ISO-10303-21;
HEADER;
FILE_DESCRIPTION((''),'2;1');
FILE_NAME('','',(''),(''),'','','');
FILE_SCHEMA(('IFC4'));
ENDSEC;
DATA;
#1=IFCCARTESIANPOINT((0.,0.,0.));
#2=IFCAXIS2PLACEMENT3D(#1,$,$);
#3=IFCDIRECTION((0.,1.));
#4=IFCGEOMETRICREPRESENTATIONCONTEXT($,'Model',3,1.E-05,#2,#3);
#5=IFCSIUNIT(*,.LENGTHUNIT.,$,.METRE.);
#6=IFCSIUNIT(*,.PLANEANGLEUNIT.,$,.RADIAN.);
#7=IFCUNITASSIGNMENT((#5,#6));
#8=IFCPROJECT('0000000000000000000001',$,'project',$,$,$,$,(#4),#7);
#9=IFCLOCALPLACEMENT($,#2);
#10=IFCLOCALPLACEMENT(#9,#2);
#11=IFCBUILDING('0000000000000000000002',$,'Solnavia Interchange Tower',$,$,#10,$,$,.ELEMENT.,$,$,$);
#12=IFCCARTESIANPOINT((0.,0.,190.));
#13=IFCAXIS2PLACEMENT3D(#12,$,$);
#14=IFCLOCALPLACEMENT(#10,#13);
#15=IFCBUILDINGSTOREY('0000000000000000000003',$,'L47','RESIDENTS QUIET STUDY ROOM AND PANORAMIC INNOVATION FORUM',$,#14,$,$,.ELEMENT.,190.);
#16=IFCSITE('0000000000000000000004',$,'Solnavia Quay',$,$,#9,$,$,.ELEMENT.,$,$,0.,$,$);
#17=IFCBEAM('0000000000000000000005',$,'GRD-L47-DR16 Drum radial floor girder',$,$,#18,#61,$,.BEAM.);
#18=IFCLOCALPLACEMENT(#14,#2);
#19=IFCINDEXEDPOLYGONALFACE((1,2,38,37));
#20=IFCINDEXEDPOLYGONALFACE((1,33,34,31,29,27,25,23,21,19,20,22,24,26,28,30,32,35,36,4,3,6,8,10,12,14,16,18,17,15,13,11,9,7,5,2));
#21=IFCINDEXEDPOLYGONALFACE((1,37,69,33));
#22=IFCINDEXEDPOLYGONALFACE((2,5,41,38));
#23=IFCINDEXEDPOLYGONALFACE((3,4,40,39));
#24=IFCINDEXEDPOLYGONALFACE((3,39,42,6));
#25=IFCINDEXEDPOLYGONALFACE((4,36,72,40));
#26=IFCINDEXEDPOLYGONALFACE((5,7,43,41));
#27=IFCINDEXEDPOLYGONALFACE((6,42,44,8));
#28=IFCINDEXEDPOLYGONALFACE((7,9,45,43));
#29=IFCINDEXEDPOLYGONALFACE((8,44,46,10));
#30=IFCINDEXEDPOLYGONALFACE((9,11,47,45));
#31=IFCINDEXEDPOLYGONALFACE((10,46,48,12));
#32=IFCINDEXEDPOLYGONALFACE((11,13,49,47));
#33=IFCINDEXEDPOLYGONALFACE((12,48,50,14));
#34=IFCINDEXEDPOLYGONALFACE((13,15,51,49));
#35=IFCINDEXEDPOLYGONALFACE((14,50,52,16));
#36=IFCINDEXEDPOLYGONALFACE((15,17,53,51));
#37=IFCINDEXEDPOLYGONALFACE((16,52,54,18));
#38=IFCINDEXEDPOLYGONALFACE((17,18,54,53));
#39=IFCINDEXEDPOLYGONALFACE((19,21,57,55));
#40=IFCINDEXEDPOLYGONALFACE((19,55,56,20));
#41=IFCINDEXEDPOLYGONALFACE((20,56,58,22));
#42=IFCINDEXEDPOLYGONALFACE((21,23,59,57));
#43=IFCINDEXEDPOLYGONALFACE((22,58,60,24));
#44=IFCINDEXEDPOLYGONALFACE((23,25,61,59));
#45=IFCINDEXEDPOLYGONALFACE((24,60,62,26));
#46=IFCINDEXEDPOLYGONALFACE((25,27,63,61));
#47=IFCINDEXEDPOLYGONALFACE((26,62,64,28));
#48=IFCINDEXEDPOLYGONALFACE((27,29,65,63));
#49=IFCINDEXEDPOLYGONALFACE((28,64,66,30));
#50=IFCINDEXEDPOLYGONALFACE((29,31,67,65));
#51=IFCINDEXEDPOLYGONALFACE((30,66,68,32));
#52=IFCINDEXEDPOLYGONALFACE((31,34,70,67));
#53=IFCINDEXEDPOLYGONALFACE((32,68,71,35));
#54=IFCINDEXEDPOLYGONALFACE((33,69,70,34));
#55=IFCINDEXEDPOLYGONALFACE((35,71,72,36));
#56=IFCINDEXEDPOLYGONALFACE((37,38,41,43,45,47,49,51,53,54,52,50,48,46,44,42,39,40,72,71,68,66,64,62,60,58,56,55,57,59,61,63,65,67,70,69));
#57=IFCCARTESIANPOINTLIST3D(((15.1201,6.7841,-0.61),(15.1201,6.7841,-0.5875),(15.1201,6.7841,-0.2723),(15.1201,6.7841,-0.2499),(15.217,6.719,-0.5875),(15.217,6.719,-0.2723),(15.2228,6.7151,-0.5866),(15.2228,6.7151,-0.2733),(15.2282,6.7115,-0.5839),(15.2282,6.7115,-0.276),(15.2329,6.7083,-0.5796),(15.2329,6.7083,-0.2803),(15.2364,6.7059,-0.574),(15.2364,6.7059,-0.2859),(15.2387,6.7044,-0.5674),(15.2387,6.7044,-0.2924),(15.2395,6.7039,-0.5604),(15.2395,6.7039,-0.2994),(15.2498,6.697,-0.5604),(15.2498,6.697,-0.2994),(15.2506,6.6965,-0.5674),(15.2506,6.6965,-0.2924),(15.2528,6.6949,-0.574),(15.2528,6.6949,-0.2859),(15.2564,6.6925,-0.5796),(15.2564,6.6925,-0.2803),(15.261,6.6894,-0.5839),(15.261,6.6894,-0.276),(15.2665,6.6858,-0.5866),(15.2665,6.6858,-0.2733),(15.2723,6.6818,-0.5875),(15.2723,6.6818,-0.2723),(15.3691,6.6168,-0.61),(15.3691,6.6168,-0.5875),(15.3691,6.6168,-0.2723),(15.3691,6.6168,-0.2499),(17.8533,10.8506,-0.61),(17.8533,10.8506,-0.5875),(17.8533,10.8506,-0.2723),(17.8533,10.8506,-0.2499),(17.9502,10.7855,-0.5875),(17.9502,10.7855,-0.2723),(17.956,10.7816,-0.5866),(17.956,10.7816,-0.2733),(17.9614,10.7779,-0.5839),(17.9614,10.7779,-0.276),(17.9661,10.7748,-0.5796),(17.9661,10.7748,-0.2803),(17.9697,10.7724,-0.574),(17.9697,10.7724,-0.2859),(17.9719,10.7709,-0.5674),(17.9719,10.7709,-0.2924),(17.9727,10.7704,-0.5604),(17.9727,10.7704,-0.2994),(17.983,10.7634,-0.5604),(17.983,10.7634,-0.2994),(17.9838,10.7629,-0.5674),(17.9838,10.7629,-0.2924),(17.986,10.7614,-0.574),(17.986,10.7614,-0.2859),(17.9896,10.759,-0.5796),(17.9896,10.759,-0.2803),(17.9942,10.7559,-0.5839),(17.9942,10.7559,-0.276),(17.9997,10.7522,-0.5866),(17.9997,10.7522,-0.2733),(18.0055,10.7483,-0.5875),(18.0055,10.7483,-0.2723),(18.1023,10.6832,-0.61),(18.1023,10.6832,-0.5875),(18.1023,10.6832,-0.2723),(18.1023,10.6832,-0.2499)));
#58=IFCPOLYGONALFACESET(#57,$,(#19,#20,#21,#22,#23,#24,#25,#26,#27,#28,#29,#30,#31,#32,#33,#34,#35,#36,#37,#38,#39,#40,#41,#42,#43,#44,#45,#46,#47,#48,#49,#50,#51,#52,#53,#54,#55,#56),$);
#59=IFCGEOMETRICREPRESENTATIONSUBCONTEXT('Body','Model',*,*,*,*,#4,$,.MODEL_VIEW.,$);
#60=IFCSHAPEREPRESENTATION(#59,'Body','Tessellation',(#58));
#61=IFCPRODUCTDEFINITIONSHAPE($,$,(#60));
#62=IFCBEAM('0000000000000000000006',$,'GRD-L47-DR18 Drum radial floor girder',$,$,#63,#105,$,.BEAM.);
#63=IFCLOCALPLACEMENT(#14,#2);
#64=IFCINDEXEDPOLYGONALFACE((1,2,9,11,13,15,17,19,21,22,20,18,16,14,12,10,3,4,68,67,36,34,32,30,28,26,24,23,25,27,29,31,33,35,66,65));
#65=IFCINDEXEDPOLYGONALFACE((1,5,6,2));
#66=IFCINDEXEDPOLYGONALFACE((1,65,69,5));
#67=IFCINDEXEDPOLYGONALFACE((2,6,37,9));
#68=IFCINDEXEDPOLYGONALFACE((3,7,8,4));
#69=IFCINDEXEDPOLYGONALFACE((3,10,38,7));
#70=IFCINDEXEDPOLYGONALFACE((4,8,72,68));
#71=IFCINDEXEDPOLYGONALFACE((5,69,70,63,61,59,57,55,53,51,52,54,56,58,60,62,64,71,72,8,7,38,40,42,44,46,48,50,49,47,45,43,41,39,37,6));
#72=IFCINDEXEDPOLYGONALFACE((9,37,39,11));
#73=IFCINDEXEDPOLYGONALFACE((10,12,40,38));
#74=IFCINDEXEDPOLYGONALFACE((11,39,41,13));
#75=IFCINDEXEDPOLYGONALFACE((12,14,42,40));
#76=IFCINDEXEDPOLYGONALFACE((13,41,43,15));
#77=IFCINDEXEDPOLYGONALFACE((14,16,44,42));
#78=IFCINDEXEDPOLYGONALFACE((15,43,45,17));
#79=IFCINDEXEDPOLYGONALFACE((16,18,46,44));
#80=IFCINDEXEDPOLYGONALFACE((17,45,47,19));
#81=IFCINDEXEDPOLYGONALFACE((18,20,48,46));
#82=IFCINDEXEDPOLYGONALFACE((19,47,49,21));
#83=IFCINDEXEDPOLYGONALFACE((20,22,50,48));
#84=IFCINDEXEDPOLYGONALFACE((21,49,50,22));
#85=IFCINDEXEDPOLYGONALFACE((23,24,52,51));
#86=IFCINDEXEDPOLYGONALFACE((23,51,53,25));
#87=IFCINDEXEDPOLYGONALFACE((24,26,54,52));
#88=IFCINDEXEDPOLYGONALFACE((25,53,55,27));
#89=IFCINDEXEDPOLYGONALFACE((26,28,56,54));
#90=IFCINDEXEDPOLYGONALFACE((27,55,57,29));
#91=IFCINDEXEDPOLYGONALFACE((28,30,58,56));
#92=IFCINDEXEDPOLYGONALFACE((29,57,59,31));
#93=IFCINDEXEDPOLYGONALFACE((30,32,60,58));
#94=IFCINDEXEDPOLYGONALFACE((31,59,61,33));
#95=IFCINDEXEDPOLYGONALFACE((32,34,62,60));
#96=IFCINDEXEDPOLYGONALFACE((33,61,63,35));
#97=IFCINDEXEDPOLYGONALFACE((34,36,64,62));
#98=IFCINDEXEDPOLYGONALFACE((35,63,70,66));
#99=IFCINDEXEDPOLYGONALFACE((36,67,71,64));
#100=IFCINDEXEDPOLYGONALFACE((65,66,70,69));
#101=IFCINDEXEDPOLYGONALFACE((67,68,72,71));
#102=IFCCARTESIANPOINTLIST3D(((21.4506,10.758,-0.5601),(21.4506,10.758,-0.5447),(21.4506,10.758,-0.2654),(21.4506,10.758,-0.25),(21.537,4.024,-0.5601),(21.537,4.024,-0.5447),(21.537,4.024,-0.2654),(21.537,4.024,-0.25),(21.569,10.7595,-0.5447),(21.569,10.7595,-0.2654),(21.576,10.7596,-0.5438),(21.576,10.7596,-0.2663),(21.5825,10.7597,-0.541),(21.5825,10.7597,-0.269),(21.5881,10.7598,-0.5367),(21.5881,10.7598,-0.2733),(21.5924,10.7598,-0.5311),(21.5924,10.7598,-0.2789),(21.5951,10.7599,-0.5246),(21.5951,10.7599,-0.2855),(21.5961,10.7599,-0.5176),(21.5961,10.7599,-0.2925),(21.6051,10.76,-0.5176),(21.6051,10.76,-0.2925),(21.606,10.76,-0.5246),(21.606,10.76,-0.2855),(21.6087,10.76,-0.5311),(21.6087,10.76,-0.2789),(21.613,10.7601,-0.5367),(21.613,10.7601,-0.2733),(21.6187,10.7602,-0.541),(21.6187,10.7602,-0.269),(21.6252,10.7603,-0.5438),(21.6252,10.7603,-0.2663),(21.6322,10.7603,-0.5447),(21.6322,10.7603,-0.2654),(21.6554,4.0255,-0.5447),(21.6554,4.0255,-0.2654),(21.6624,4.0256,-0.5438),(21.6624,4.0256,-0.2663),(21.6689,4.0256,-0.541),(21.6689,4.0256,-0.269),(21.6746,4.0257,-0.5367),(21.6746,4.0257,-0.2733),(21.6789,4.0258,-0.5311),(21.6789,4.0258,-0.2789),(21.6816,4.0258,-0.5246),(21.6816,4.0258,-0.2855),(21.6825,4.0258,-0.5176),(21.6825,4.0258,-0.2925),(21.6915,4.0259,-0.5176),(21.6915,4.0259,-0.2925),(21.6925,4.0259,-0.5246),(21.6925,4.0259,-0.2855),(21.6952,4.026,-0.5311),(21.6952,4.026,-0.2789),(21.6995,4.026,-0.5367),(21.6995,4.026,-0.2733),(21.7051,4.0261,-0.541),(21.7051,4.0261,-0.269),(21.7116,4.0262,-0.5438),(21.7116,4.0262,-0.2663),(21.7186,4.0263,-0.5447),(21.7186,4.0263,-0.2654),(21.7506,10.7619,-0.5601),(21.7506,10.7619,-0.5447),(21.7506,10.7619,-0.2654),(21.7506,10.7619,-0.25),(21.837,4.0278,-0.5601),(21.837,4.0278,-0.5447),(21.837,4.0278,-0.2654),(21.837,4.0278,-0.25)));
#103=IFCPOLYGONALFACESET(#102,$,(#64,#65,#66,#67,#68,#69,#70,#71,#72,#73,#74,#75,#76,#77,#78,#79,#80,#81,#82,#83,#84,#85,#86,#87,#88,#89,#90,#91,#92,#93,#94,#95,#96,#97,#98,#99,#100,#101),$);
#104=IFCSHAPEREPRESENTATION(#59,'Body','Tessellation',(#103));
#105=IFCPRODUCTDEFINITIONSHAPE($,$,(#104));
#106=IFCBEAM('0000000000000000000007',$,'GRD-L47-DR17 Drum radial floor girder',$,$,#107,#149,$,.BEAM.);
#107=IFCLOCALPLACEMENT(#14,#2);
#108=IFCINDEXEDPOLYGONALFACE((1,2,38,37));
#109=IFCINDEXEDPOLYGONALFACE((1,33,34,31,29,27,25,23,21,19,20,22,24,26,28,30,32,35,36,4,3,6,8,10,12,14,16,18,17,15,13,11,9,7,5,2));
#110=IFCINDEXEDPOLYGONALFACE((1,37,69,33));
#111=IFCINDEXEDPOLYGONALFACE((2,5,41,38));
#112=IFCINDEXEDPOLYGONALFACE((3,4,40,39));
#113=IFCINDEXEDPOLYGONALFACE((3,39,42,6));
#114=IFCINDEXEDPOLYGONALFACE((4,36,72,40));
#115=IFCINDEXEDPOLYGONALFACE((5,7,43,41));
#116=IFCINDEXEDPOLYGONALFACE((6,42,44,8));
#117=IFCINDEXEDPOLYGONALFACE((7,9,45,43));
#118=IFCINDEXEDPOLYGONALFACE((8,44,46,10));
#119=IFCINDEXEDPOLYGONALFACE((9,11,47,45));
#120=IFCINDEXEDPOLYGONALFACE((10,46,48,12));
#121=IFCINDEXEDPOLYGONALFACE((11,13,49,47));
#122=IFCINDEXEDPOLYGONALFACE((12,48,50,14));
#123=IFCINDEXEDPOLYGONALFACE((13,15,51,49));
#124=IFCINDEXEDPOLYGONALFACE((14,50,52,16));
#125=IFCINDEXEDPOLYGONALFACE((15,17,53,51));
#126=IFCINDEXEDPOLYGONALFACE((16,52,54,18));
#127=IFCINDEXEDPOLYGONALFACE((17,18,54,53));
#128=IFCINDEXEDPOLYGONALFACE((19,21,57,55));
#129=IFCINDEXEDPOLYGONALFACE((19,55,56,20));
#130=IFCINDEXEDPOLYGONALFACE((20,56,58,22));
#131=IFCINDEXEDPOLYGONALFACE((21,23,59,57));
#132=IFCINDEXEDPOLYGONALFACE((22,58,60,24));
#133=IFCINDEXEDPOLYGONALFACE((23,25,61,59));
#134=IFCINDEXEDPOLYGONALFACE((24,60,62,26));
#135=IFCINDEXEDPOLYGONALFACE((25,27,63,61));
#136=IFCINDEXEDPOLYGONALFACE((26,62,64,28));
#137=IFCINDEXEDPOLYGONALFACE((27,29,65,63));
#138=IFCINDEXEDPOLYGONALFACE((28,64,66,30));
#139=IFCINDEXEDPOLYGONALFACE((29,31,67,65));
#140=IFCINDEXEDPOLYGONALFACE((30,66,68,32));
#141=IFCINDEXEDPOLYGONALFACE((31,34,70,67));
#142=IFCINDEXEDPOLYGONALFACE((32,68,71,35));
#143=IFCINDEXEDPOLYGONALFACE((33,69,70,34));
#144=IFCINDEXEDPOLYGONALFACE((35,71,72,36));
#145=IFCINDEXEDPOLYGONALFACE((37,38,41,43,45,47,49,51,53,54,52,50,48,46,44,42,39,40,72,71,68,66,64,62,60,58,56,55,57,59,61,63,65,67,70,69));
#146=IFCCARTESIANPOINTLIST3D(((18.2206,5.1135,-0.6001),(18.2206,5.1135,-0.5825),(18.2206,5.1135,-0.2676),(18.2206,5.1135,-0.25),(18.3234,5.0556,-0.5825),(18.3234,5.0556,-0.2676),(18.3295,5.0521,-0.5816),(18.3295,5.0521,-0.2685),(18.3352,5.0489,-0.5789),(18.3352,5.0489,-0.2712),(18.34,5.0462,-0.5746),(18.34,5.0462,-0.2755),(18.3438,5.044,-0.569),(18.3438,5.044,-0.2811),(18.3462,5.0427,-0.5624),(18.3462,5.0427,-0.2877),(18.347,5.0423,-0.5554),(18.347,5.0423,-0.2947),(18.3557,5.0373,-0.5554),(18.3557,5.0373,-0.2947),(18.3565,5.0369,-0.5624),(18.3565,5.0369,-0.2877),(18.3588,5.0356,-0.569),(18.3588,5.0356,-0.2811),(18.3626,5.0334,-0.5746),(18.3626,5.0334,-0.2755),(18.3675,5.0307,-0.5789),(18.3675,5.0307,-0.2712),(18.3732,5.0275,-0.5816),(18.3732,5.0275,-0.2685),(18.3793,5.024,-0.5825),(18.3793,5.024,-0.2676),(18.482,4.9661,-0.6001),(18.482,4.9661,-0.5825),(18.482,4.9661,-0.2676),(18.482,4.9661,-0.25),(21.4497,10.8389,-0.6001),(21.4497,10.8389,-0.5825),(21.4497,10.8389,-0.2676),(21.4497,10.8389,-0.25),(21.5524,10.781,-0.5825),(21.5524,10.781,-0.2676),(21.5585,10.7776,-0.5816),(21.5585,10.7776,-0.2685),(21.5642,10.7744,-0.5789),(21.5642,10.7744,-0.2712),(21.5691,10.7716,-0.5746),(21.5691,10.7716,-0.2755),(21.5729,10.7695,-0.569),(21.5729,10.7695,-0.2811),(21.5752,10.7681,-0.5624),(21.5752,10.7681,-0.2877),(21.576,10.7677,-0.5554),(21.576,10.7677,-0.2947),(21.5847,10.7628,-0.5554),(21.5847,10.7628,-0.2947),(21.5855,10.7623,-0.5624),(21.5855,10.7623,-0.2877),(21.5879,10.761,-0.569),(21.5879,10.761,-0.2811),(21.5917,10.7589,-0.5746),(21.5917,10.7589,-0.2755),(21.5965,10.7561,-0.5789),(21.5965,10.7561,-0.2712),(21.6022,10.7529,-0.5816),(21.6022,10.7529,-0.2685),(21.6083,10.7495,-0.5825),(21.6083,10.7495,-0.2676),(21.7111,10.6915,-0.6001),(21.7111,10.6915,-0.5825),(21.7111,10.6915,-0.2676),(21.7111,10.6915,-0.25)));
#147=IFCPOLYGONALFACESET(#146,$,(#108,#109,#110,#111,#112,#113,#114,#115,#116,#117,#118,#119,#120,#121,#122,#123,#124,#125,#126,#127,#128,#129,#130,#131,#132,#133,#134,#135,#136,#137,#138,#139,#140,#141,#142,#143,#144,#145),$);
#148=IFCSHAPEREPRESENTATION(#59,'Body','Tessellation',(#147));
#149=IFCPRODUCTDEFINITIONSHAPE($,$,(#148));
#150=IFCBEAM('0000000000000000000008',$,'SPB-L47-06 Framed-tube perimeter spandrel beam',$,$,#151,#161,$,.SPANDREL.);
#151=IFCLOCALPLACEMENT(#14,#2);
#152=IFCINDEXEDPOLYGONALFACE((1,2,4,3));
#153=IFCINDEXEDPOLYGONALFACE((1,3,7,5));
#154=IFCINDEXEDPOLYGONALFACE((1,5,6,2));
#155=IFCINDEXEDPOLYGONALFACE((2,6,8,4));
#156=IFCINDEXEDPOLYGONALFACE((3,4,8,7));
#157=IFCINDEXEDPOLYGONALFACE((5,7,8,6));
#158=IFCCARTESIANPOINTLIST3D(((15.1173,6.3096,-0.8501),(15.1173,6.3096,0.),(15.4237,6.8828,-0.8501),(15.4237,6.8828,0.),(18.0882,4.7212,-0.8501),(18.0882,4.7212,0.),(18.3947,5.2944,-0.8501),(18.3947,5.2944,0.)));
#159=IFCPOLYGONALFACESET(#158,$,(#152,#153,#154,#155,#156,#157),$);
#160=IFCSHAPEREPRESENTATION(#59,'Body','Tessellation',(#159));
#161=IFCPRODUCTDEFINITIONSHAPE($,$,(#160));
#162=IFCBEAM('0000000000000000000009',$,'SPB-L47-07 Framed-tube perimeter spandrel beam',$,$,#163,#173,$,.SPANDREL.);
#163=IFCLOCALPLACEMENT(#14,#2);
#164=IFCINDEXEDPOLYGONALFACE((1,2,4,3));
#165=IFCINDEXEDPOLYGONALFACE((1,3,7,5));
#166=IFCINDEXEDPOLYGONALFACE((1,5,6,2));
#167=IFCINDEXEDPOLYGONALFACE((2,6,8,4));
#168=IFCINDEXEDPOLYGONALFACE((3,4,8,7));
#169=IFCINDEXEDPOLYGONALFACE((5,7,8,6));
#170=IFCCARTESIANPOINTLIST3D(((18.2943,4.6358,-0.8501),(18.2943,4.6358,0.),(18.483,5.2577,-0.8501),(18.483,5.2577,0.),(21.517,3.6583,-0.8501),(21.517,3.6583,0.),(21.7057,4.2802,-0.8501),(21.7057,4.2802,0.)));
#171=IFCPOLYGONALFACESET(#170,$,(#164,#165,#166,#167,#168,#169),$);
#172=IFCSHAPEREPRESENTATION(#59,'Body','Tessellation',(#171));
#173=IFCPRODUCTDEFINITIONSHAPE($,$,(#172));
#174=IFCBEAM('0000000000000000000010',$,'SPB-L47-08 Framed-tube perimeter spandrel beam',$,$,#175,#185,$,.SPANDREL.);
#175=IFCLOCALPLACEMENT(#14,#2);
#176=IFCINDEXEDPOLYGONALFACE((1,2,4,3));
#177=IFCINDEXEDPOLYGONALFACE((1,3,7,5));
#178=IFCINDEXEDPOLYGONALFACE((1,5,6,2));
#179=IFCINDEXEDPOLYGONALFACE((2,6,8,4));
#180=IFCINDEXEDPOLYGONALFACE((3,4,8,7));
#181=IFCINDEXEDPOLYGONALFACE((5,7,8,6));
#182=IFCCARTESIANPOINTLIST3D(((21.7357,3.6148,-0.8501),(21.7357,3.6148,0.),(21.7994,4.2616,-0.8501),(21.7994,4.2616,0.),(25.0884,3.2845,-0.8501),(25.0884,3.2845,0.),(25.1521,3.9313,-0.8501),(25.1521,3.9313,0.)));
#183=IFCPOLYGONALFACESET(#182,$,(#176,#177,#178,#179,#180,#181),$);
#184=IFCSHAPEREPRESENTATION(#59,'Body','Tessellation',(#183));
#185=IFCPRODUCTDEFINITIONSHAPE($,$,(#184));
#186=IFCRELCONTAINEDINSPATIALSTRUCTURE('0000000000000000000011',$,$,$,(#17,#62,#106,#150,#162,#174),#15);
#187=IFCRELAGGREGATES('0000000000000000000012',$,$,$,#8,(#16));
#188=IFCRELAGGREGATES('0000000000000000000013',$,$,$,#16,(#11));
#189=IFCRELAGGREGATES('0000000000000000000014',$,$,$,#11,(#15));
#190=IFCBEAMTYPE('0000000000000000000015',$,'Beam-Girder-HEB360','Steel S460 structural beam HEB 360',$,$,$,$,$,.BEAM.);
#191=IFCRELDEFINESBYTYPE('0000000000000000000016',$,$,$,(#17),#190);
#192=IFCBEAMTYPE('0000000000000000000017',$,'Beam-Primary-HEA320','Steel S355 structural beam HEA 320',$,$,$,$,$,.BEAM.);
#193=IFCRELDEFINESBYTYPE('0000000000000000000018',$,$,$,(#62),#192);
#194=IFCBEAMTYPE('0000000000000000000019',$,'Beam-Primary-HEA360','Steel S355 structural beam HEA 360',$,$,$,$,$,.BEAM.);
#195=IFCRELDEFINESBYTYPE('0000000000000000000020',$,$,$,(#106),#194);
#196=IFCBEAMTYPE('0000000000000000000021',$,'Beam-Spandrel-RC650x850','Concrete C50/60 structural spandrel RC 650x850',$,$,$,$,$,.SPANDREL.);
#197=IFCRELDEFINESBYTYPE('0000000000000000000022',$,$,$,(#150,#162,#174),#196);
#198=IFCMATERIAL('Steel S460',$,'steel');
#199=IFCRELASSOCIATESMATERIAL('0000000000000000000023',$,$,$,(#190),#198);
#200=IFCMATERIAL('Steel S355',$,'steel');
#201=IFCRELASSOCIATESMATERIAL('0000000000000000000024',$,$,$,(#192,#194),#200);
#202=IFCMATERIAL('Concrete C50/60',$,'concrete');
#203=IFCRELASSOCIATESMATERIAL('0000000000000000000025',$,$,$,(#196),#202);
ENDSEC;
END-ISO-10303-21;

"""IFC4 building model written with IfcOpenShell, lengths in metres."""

from ifc_helpers import new_model, si_unit, direction, frame, origin, origin_2d, place, context, subcontext, project, spatial, rectangle, i_section, extrude, material, material_profile, profile_set, type_object, element, save


model = new_model("IFC4")

# Units and contexts
model_context = context("Model", 3, precision=1e-05, world=origin(), true_north=direction((0.0, 1.0)))
body_context = subcontext(model_context, "Body", "Model", "MODEL_VIEW")
ifc_project = project(units=[si_unit("LENGTHUNIT", "METRE"), si_unit("PLANEANGLEUNIT", "RADIAN")], contexts=[model_context])

# Site, building, storey
site_placement = place(None, origin())
site = spatial("IfcSite", under=ifc_project, at=site_placement, Name="Solnavia Quay", CompositionType="ELEMENT", RefElevation=0.0)
building_placement = place(site_placement, origin())
building = spatial("IfcBuilding", under=site, at=building_placement, Name="Solnavia Interchange Tower", CompositionType="ELEMENT")
storey_placement = place(building_placement, frame((0.0, 0.0, 190.0)))
storey = spatial("IfcBuildingStorey", under=building, at=storey_placement, Name="L47", Description="RESIDENTS QUIET STUDY ROOM AND PANORAMIC INNOVATION FORUM", CompositionType="ELEMENT", Elevation=190.0)

# Shared definitions
ifc_material_1 = material(Name="Concrete C50/60", Category="concrete")
ifc_material_2 = material(Name="Steel S355", Category="steel")

# Beams
ifc_material_3 = material(Name="Steel S460", Category="steel")
ifc_material_profile_1 = material_profile(ifc_material_3, i_section(OverallWidth=0.3, OverallDepth=0.3601, WebThickness=0.0125, FlangeThickness=0.0225, FilletRadius=0.0271, at=origin_2d()), Name="HEB 360")
ifc_profile_set_1 = profile_set([ifc_material_profile_1], Name="Steel S460")
beam_type_1 = type_object("IfcBeamType", Name="Beam-Girder-HEB360", Description="Steel S460 structural beam HEB 360", PredefinedType="BEAM", material=ifc_profile_set_1)
beam_1_placement = place(storey_placement, frame((15.2446, 6.7004, -0.4299), z_axis=(0.557835, 0.829952, 0.0), x_axis=(-0.829952, 0.557835, 0.0)))
element("IfcBeam", 1, at=beam_1_placement, inside=storey, type_object=beam_type_1, Name="GRD-L47-DR16 Drum radial floor girder", PredefinedType="BEAM", context=body_context, shape_type="SweptSolid", body=[
    extrude(i_section(OverallWidth=0.3, OverallDepth=0.3601, WebThickness=0.0125, FlangeThickness=0.0225, FilletRadius=0.0271, at=origin_2d()), origin(), (0.0, 0.0, 1.0), 4.8997),
])
ifc_material_profile_2 = material_profile(ifc_material_2, i_section(OverallWidth=0.3, OverallDepth=0.3101, WebThickness=0.009, FlangeThickness=0.0154, FilletRadius=0.0271, at=origin_2d()), Name="HEA 320")
ifc_profile_set_2 = profile_set([ifc_material_profile_2], Name="Steel S355")
beam_type_2 = type_object("IfcBeamType", Name="Beam-Primary-HEA320", Description="Steel S355 structural beam HEA 320", PredefinedType="BEAM", material=ifc_profile_set_2)
beam_2_placement = place(storey_placement, frame((21.687, 4.0259, -0.405), z_axis=(-0.012833, 0.999918, 0.0), x_axis=(-0.999918, -0.012833, 0.0)))
element("IfcBeam", 2, at=beam_2_placement, inside=storey, type_object=beam_type_2, Name="GRD-L47-DR18 Drum radial floor girder", PredefinedType="BEAM", context=body_context, shape_type="SweptSolid", body=[
    extrude(i_section(OverallWidth=0.3, OverallDepth=0.3101, WebThickness=0.009, FlangeThickness=0.0154, FilletRadius=0.0271, at=origin_2d()), origin(), (0.0, 0.0, 1.0), 6.7346),
])
ifc_material_profile_3 = material_profile(ifc_material_2, i_section(OverallWidth=0.3, OverallDepth=0.3501, WebThickness=0.01, FlangeThickness=0.0176, FilletRadius=0.0271, at=origin_2d()), Name="HEA 360")
ifc_profile_set_3 = profile_set([ifc_material_profile_3], Name="Steel S355")
beam_type_3 = type_object("IfcBeamType", Name="Beam-Primary-HEA360", Description="Steel S355 structural beam HEA 360", PredefinedType="BEAM", material=ifc_profile_set_3)
beam_3_placement = place(storey_placement, frame((18.3513, 5.0398, -0.425), z_axis=(0.491243, 0.871022, 0.0), x_axis=(-0.871022, 0.491243, 0.0)))
element("IfcBeam", 3, at=beam_3_placement, inside=storey, type_object=beam_type_3, Name="GRD-L47-DR17 Drum radial floor girder", PredefinedType="BEAM", context=body_context, shape_type="SweptSolid", body=[
    extrude(i_section(OverallWidth=0.3, OverallDepth=0.3501, WebThickness=0.01, FlangeThickness=0.0176, FilletRadius=0.0271, at=origin_2d()), origin(), (0.0, 0.0, 1.0), 6.5732),
])
ifc_material_profile_4 = material_profile(ifc_material_1, rectangle(XDim=0.6499, YDim=0.8501, at=origin_2d()), Name="RC 650x850")
ifc_profile_set_4 = profile_set([ifc_material_profile_4], Name="Concrete C50/60")
beam_type_4 = type_object("IfcBeamType", Name="Beam-Spandrel-RC650x850", Description="Concrete C50/60 structural spandrel RC 650x850", PredefinedType="SPANDREL", material=ifc_profile_set_4)
beam_4_placement = place(storey_placement, frame((15.2705, 6.5962, -0.425), z_axis=(0.881875, -0.471483, 0.0), x_axis=(0.471483, 0.881875, 0.0)))
element("IfcBeam", 4, at=beam_4_placement, inside=storey, type_object=beam_type_4, Name="SPB-L47-06 Framed-tube perimeter spandrel beam", PredefinedType="SPANDREL", context=body_context, shape_type="SweptSolid", body=[
    extrude(rectangle(XDim=0.6499, YDim=0.8501, at=origin_2d()), origin(), (0.0, 0.0, 1.0), 3.3689),
])
beam_5_placement = place(storey_placement, frame((18.3887, 4.9468, -0.425), z_axis=(0.956944, -0.290273, 0.0), x_axis=(0.290273, 0.956944, 0.0)))
element("IfcBeam", 5, at=beam_5_placement, inside=storey, type_object=beam_type_4, Name="SPB-L47-07 Framed-tube perimeter spandrel beam", PredefinedType="SPANDREL", context=body_context, shape_type="SweptSolid", body=[
    extrude(rectangle(XDim=0.6499, YDim=0.8501, at=origin_2d()), origin(), (0.0, 0.0, 1.0), 3.3677),
])
beam_6_placement = place(storey_placement, frame((21.7676, 3.9382, -0.425), z_axis=(0.995182, -0.098047, 0.0), x_axis=(0.098047, 0.995182, 0.0)))
element("IfcBeam", 6, at=beam_6_placement, inside=storey, type_object=beam_type_4, Name="SPB-L47-08 Framed-tube perimeter spandrel beam", PredefinedType="SPANDREL", context=body_context, shape_type="SweptSolid", body=[
    extrude(rectangle(XDim=0.6499, YDim=0.8501, at=origin_2d()), origin(), (0.0, 0.0, 1.0), 3.3689),
])

save(model, "model.ifc")
